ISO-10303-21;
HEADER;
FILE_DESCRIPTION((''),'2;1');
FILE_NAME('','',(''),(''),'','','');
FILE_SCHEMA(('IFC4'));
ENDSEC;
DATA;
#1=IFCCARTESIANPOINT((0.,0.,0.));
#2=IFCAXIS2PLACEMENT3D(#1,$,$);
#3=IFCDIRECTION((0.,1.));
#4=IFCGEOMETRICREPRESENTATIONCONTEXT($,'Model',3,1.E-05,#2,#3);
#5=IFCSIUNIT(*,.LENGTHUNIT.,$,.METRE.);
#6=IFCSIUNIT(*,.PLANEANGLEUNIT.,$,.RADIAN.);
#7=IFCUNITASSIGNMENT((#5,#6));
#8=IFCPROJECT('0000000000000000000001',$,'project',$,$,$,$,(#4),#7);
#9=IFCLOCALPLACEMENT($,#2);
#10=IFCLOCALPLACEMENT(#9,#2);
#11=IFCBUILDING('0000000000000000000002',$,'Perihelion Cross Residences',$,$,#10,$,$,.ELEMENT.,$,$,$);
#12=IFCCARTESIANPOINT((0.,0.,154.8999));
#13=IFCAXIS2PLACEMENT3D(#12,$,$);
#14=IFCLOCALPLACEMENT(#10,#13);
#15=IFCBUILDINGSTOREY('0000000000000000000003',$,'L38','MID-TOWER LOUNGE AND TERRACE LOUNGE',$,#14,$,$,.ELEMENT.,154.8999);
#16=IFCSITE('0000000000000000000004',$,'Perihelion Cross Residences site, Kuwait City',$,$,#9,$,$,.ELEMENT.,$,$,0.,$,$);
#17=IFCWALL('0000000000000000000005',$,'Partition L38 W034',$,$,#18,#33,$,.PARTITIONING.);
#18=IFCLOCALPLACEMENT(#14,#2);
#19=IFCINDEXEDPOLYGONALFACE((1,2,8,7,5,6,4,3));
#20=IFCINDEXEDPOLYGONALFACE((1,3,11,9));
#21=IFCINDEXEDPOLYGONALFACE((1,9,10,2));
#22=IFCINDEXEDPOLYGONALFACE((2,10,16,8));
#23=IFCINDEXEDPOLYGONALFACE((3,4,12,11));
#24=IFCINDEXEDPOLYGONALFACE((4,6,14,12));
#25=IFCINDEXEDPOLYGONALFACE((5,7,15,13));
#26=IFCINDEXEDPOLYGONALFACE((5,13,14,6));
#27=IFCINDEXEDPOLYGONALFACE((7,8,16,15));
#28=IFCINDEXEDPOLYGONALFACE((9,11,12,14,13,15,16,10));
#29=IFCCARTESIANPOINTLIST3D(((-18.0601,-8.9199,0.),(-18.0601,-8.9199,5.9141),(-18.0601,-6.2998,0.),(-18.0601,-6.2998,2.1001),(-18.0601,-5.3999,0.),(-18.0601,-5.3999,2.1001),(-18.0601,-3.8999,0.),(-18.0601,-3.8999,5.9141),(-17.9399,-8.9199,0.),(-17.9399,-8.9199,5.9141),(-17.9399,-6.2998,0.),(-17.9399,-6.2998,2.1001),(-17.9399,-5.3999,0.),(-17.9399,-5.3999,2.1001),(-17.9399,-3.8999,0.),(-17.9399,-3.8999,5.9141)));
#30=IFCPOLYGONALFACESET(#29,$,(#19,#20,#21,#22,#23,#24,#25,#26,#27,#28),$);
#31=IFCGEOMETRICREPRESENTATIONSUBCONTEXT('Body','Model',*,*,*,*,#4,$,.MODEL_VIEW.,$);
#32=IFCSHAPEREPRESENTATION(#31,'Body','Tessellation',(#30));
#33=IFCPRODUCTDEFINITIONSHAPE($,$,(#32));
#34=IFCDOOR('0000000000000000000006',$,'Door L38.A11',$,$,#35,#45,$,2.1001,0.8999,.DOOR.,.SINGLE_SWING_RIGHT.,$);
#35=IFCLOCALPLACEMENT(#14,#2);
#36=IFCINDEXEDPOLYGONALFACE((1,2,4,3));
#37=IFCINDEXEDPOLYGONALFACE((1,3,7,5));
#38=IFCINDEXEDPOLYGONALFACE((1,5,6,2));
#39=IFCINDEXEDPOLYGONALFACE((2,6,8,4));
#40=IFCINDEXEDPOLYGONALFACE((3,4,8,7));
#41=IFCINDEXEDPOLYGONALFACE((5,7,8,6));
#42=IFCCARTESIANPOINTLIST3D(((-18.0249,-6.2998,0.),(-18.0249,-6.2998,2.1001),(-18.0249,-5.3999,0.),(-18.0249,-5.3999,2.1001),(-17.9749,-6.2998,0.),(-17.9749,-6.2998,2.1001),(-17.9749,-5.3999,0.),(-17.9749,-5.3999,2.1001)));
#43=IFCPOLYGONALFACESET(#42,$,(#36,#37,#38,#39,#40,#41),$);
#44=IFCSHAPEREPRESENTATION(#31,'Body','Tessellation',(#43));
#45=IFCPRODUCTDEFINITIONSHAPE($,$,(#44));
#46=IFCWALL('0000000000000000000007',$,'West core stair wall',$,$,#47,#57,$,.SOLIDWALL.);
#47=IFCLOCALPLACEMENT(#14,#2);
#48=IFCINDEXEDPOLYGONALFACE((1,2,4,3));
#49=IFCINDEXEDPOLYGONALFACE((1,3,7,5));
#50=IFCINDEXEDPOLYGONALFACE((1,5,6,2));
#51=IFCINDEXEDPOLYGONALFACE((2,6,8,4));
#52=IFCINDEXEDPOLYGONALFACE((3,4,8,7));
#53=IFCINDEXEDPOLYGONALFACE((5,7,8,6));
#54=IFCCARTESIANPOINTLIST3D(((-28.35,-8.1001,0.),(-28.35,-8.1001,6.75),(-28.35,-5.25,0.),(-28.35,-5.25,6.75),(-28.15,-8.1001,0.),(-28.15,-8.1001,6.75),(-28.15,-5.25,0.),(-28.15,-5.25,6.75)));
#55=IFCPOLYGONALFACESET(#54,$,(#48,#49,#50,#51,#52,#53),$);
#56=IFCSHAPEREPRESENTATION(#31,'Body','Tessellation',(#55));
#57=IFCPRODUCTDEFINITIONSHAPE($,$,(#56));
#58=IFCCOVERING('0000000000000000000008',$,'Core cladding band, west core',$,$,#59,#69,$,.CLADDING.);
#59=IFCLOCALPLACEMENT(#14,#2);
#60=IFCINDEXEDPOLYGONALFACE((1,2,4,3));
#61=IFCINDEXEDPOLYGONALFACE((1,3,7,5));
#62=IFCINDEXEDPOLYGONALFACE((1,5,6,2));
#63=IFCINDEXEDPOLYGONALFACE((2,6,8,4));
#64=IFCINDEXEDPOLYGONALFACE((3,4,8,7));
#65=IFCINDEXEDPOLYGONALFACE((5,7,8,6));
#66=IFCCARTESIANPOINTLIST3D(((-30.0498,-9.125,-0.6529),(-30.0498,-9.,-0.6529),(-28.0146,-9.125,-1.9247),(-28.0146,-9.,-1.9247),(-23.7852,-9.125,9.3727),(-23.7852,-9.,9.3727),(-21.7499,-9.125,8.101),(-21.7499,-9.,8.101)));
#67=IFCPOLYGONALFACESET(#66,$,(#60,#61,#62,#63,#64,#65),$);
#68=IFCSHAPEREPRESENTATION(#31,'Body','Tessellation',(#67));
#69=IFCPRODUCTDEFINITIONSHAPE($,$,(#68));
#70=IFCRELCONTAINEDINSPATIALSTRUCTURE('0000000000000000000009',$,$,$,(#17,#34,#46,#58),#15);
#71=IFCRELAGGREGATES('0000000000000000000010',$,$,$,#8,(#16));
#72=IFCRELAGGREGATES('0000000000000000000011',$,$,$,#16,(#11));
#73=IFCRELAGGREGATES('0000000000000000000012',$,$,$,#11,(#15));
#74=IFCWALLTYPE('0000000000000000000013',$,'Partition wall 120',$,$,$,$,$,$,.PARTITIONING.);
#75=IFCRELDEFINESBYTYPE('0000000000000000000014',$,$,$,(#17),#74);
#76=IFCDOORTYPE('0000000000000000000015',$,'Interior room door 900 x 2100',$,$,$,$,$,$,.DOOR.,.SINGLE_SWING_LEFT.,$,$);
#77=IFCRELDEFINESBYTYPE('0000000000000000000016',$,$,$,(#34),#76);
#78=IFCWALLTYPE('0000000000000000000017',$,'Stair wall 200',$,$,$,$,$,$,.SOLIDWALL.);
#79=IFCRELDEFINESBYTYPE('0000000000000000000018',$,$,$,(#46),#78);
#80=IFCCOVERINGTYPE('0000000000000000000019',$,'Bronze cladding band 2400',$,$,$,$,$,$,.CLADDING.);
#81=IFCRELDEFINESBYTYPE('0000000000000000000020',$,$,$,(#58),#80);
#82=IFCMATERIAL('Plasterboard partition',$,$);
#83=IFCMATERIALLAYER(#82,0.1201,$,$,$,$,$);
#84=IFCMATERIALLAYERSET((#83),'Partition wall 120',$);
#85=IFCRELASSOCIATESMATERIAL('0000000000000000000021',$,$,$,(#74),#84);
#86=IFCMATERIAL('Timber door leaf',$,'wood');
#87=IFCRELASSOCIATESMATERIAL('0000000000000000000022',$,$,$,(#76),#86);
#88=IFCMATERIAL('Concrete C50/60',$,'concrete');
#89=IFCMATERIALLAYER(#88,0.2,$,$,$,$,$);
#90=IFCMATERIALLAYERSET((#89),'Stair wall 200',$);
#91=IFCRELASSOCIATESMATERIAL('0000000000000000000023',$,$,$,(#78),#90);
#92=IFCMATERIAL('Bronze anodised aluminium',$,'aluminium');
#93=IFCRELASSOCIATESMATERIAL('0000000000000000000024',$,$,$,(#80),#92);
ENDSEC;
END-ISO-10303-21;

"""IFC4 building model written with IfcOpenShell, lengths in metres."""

from ifc_helpers import new_model, si_unit, direction, frame, frame_2d, origin, origin_2d, place, context, subcontext, project, spatial, rectangle, extrude, material, layer, layer_set, material_profile, profile_set, type_object, element, fill, save


model = new_model("IFC4")

# Units and contexts
model_context = context("Model", 3, precision=1e-05, world=origin(), true_north=direction((0.0, 1.0)))
body_context = subcontext(model_context, "Body", "Model", "MODEL_VIEW")
ifc_project = project(units=[si_unit("LENGTHUNIT", "METRE"), si_unit("PLANEANGLEUNIT", "RADIAN")], contexts=[model_context])

# Site, building, storey
site_placement = place(None, origin())
site = spatial("IfcSite", under=ifc_project, at=site_placement, Name="Perihelion Cross Residences site, Kuwait City", CompositionType="ELEMENT", RefElevation=0.0)
building_placement = place(site_placement, origin())
building = spatial("IfcBuilding", under=site, at=building_placement, Name="Perihelion Cross Residences", CompositionType="ELEMENT")
storey_placement = place(building_placement, frame((0.0, 0.0, 154.8999)))
storey = spatial("IfcBuildingStorey", under=building, at=storey_placement, Name="L38", Description="MID-TOWER LOUNGE AND TERRACE LOUNGE", CompositionType="ELEMENT", Elevation=154.8999)

# Wall, opening, door
ifc_material_1 = material(Name="Plasterboard partition")
ifc_layer_1 = layer(ifc_material_1, 0.1201)
ifc_layer_set_1 = layer_set([ifc_layer_1], Name="Partition wall 120")
wall_type_1 = type_object("IfcWallType", Name="Partition wall 120", PredefinedType="PARTITIONING", material=ifc_layer_set_1)
wall_1_placement = place(storey_placement, frame((-18.0, -8.9199, 0.0), z_axis=(0.0, 0.0, 1.0), x_axis=(0.0, 1.0, 0.0)))
wall_1 = element("IfcWall", 1, at=wall_1_placement, inside=storey, type_object=wall_type_1, Name="Partition L38 W034", PredefinedType="PARTITIONING", context=body_context, shape_type="SweptSolid", body=[
    extrude(rectangle(XDim=5.02, YDim=0.1201, at=frame_2d((2.51, 0.0))), origin(), (0.0, 0.0, 1.0), 5.9141),
])
opening_1_placement = place(wall_1_placement, frame((2.6201, 0.0, 0.0)))
opening_1 = element("IfcOpeningElement", 2, at=opening_1_placement, cuts=wall_1, PredefinedType="OPENING", context=body_context, shape_type="SweptSolid", body=[
    extrude(rectangle(XDim=0.8999, YDim=2.1001, at=frame_2d((0.45, 1.05))), frame((0.0, 0.0701, 0.0), z_axis=(0.0, -1.0, 0.0), x_axis=(1.0, 0.0, 0.0)), (0.0, 0.0, 1.0), 0.1401),
])
ifc_material_2 = material(Name="Timber door leaf", Category="wood")
door_type_1 = type_object("IfcDoorType", Name="Interior room door 900 x 2100", OperationType="SINGLE_SWING_LEFT", PredefinedType="DOOR", material=ifc_material_2)
door_1_placement = place(opening_1_placement, origin())
door_1 = element("IfcDoor", 3, at=door_1_placement, inside=storey, type_object=door_type_1, Name="Door L38.A11", OperationType="SINGLE_SWING_RIGHT", OverallHeight=2.1001, OverallWidth=0.8999, PredefinedType="DOOR", context=body_context, shape_type="SweptSolid", body=[
    extrude(rectangle(XDim=0.8999, YDim=2.1001, at=frame_2d((0.45, 1.05))), frame((0.0, 0.0249, 0.0), z_axis=(0.0, -1.0, 0.0), x_axis=(1.0, 0.0, 0.0)), (0.0, 0.0, 1.0), 0.05),
])
fill(opening_1, door_1)

# Wall
ifc_material_3 = material(Name="Concrete C50/60", Category="concrete")
ifc_layer_2 = layer(ifc_material_3, 0.2)
ifc_layer_set_2 = layer_set([ifc_layer_2], Name="Stair wall 200")
wall_type_2 = type_object("IfcWallType", Name="Stair wall 200", PredefinedType="SOLIDWALL", material=ifc_layer_set_2)
wall_2_placement = place(storey_placement, frame((-28.25, -8.1001, 0.0), z_axis=(0.0, 0.0, 1.0), x_axis=(0.0, 1.0, 0.0)))
element("IfcWall", 4, at=wall_2_placement, inside=storey, type_object=wall_type_2, Name="West core stair wall", PredefinedType="SOLIDWALL", context=body_context, shape_type="SweptSolid", body=[
    extrude(rectangle(XDim=2.8501, YDim=0.2, at=frame_2d((1.425, 0.0))), origin(), (0.0, 0.0, 1.0), 6.75),
])

# Covering
ifc_material_4 = material(Name="Bronze anodised aluminium", Category="aluminium")
ifc_material_profile_1 = material_profile(ifc_material_4, rectangle(XDim=0.125, YDim=2.3999, at=origin_2d()), Name="Bronze cladding band 2400")
ifc_profile_set_1 = profile_set([ifc_material_profile_1], Name="Bronze anodised aluminium")
covering_type = type_object("IfcCoveringType", Name="Bronze cladding band 2400", PredefinedType="CLADDING", material=ifc_profile_set_1)
covering_placement = place(storey_placement, frame((-29.0322, -9.0625, -1.2888), z_axis=(0.529915, 0.0, 0.848051), x_axis=(0.0, 1.0, 0.0)))
element("IfcCovering", 5, at=covering_placement, inside=storey, type_object=covering_type, Name="Core cladding band, west core", PredefinedType="CLADDING", context=body_context, shape_type="SweptSolid", body=[
    extrude(rectangle(XDim=0.125, YDim=2.3999, at=origin_2d()), origin(), (0.0, 0.0, 1.0), 11.822),
])

save(model, "model.ifc")
